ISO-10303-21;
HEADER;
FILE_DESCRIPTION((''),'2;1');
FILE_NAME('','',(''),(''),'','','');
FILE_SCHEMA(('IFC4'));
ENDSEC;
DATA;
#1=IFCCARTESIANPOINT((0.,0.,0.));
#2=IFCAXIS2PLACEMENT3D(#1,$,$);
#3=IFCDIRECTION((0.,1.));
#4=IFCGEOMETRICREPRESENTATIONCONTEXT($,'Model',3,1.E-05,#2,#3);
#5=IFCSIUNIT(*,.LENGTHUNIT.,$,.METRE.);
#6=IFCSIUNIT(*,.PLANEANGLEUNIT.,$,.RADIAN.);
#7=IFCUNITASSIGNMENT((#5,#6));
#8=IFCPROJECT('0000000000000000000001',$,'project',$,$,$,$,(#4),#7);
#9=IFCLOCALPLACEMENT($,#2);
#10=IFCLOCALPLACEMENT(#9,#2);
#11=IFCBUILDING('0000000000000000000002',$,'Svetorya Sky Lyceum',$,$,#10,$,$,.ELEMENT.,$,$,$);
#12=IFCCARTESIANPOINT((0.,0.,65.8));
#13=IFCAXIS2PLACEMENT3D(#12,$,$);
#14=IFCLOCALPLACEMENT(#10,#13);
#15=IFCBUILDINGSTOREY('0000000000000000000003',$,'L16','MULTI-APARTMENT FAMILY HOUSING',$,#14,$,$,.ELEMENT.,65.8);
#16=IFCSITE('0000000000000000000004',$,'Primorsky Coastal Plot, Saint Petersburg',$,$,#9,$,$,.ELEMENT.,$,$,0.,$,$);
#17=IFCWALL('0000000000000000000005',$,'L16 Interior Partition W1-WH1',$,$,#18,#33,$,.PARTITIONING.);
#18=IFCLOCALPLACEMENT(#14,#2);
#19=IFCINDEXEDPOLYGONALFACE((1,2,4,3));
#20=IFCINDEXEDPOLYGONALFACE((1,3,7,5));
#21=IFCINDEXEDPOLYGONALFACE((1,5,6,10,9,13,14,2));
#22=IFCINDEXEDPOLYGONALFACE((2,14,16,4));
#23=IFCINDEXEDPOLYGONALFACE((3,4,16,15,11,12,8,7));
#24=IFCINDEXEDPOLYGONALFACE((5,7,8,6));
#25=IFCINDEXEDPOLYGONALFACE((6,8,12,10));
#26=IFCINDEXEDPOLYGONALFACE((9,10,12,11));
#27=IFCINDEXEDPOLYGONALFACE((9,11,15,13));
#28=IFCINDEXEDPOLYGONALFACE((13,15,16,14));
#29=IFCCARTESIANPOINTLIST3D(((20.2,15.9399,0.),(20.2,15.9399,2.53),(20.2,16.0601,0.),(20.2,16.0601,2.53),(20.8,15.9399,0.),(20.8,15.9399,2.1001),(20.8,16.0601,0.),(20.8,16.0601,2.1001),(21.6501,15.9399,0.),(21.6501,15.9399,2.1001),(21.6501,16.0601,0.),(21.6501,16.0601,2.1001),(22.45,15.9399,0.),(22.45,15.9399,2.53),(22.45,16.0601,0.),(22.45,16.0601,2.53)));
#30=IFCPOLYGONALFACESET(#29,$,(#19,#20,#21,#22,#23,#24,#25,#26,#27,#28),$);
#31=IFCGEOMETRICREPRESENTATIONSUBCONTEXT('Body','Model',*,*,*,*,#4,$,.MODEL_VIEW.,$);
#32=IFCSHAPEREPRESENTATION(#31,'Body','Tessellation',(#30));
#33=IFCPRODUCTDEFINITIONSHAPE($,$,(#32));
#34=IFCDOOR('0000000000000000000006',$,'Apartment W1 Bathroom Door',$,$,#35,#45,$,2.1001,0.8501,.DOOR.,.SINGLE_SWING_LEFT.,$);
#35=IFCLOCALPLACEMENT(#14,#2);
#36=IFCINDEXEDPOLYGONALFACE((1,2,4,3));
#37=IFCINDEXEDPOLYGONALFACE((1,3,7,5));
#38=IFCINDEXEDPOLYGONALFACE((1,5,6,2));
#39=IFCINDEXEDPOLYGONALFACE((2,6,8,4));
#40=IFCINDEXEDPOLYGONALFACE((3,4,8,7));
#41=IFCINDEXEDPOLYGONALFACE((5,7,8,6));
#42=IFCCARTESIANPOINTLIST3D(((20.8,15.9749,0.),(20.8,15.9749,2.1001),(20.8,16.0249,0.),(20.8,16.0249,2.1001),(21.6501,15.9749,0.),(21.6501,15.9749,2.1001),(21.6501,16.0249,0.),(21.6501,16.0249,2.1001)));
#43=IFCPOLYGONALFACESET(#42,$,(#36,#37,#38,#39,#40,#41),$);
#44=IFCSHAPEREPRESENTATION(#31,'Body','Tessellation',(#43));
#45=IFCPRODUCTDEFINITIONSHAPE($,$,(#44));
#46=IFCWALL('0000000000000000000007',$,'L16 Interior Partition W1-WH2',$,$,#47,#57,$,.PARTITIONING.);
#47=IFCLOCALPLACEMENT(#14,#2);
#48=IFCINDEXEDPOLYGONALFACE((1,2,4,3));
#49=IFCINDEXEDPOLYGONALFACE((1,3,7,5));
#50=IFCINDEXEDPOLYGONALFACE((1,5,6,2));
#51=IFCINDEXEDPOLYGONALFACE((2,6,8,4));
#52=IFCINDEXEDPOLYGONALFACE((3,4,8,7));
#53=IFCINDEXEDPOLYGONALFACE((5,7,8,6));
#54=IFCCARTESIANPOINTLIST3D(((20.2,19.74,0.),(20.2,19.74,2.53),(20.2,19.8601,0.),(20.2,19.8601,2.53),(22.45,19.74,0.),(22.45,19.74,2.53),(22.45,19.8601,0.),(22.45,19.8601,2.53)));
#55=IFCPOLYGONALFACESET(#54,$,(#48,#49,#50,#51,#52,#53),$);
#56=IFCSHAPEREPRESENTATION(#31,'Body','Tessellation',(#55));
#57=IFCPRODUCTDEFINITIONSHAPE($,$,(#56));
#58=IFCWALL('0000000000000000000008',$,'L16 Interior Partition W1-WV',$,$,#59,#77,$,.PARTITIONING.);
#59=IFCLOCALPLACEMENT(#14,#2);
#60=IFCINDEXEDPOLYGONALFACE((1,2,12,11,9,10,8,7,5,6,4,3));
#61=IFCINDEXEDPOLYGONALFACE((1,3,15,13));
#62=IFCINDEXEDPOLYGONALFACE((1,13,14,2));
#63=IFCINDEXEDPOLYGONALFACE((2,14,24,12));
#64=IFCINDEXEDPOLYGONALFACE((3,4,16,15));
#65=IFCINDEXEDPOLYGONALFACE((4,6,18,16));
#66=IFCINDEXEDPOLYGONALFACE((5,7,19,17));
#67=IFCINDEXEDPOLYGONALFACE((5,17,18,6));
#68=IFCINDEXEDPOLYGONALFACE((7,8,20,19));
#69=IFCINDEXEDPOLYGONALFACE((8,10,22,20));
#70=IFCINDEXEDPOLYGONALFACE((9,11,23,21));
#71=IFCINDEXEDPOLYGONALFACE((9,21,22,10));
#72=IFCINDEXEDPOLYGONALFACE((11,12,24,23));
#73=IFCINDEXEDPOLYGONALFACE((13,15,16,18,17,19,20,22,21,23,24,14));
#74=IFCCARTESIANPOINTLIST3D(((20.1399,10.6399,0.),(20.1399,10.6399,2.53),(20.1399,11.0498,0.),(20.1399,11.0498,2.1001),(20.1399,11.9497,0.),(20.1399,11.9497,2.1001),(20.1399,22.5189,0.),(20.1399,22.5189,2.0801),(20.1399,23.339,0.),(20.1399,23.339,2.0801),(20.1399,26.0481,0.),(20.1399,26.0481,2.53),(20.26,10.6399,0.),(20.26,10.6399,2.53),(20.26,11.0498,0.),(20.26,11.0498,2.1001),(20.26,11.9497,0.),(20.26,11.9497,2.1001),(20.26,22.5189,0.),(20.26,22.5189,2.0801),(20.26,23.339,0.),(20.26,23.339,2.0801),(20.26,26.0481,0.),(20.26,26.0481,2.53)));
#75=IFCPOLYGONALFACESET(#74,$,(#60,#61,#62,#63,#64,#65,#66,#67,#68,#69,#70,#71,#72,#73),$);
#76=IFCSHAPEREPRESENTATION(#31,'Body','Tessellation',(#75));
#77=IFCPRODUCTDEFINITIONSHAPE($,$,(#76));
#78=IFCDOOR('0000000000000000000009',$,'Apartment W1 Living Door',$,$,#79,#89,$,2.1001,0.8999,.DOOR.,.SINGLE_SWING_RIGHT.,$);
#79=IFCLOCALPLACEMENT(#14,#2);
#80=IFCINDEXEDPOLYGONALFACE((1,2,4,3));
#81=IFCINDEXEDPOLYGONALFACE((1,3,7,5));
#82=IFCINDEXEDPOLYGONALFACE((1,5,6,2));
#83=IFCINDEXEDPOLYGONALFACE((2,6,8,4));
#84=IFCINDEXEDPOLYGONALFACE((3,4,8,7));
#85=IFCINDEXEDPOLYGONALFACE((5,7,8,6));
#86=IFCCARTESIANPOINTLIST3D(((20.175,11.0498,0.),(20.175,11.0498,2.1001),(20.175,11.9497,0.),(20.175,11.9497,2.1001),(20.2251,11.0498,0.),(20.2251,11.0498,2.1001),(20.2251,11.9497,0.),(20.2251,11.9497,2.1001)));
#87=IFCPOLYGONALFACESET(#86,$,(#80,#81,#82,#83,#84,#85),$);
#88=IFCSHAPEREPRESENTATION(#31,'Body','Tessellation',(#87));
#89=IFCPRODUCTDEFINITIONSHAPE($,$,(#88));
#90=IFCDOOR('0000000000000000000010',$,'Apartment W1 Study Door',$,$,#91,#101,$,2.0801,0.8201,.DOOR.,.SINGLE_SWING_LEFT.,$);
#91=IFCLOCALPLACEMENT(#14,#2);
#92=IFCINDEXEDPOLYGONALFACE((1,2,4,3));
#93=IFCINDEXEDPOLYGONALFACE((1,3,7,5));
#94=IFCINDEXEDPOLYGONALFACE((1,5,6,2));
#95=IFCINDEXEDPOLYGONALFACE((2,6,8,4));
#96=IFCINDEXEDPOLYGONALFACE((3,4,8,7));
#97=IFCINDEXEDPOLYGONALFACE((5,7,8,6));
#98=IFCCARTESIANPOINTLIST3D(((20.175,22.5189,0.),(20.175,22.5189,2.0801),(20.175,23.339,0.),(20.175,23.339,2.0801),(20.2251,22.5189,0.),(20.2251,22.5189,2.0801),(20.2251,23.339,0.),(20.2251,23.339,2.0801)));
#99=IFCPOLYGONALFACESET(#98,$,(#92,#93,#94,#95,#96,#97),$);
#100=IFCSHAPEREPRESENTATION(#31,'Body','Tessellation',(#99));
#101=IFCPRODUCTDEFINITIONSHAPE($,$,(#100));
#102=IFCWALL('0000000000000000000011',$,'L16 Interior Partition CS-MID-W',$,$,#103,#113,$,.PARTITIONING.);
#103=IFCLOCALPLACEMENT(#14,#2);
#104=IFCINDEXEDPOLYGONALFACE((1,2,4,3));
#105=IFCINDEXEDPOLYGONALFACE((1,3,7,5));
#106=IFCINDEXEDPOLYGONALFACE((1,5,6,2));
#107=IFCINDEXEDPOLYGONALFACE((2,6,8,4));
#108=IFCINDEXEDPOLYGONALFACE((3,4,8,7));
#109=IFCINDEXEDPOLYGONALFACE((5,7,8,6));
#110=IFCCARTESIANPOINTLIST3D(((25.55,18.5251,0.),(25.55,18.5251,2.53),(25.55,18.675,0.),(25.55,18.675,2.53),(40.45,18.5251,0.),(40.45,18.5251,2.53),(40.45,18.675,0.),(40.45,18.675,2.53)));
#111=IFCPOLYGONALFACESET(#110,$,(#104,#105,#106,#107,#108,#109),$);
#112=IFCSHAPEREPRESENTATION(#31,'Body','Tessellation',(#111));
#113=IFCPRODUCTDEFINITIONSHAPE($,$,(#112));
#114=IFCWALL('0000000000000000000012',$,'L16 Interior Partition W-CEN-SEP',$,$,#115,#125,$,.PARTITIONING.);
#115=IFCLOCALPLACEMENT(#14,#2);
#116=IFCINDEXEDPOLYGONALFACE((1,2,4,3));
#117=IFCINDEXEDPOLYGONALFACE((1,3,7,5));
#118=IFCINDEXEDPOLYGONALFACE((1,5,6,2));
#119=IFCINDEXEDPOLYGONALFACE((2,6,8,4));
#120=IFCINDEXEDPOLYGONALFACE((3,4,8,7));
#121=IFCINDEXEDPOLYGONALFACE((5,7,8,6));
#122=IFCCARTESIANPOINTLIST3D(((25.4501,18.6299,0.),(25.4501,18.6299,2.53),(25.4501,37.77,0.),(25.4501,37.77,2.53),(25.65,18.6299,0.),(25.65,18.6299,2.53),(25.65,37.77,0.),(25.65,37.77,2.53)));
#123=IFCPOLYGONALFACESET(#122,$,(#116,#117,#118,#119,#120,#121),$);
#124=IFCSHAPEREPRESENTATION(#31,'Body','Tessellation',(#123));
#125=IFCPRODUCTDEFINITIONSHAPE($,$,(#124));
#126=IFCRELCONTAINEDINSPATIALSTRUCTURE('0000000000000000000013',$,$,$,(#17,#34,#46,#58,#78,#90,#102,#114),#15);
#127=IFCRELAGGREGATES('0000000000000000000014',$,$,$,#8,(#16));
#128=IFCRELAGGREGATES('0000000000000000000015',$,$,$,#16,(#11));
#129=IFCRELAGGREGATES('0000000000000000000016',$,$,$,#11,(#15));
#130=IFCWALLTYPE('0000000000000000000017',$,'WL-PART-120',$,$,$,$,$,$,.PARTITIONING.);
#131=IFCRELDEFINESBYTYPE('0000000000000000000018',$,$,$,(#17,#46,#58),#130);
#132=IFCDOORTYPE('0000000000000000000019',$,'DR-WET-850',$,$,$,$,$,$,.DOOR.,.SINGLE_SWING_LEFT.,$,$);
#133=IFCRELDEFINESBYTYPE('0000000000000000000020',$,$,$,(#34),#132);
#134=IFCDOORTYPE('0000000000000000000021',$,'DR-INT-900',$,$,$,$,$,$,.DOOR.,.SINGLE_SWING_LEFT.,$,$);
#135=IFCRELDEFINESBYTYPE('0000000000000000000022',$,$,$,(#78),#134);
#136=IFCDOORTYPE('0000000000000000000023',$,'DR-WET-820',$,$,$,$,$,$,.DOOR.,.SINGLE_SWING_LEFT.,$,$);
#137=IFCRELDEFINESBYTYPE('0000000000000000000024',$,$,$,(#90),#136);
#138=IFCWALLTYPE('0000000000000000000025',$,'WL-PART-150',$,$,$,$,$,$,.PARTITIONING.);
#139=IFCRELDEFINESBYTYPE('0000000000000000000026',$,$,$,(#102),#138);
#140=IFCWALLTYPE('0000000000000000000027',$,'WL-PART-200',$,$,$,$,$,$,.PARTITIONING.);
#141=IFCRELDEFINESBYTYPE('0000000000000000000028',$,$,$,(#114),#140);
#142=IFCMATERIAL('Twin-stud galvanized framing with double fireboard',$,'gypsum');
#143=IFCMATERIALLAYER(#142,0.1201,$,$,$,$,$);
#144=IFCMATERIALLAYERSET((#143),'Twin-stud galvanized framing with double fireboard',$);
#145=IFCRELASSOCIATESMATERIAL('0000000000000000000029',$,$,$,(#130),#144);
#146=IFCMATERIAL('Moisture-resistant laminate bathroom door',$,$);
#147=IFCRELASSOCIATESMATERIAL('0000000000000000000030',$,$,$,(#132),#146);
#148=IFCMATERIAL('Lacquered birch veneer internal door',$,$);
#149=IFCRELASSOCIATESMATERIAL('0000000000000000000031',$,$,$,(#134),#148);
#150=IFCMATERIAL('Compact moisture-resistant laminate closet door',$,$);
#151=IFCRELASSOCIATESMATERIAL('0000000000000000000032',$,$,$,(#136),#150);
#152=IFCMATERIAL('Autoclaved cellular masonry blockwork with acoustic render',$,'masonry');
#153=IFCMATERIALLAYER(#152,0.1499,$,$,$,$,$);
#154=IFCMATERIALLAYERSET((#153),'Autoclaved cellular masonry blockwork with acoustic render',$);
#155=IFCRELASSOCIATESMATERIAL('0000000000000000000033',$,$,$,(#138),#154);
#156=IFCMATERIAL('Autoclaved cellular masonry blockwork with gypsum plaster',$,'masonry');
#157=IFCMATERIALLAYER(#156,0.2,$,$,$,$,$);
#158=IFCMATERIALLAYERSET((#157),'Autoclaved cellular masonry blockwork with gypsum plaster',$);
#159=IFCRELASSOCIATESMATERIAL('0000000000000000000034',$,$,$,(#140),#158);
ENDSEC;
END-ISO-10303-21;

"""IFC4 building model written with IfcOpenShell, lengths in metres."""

from ifc_helpers import new_model, si_unit, direction, frame, frame_2d, origin, place, context, subcontext, project, spatial, rectangle, extrude, material, layer, layer_set, type_object, element, fill, save


model = new_model("IFC4")

# Units and contexts
model_context = context("Model", 3, precision=1e-05, world=origin(), true_north=direction((0.0, 1.0)))
body_context = subcontext(model_context, "Body", "Model", "MODEL_VIEW")
ifc_project = project(units=[si_unit("LENGTHUNIT", "METRE"), si_unit("PLANEANGLEUNIT", "RADIAN")], contexts=[model_context])

# Site, building, storey
site_placement = place(None, origin())
site = spatial("IfcSite", under=ifc_project, at=site_placement, Name="Primorsky Coastal Plot, Saint Petersburg", CompositionType="ELEMENT", RefElevation=0.0)
building_placement = place(site_placement, origin())
building = spatial("IfcBuilding", under=site, at=building_placement, Name="Svetorya Sky Lyceum", CompositionType="ELEMENT")
storey_placement = place(building_placement, frame((0.0, 0.0, 65.8)))
storey = spatial("IfcBuildingStorey", under=building, at=storey_placement, Name="L16", Description="MULTI-APARTMENT FAMILY HOUSING", CompositionType="ELEMENT", Elevation=65.8)

# Wall, opening, door
ifc_material_1 = material(Name="Twin-stud galvanized framing with double fireboard", Category="gypsum")
ifc_layer_1 = layer(ifc_material_1, 0.1201)
ifc_layer_set_1 = layer_set([ifc_layer_1], Name="Twin-stud galvanized framing with double fireboard")
wall_type_1 = type_object("IfcWallType", Name="WL-PART-120", PredefinedType="PARTITIONING", material=ifc_layer_set_1)
wall_1_placement = place(storey_placement, frame((20.2, 16.0, 0.0), z_axis=(0.0, 0.0, 1.0), x_axis=(1.0, 0.0, 0.0)))
wall_1 = element("IfcWall", 1, at=wall_1_placement, inside=storey, type_object=wall_type_1, Name="L16 Interior Partition W1-WH1", PredefinedType="PARTITIONING", context=body_context, shape_type="SweptSolid", body=[
    extrude(rectangle(XDim=2.25, YDim=0.1201, at=frame_2d((1.125, 0.0))), origin(), (0.0, 0.0, 1.0), 2.53),
])
opening_1_placement = place(wall_1_placement, frame((0.6001, 0.0, 0.0)))
opening_1 = element("IfcOpeningElement", 2, at=opening_1_placement, cuts=wall_1, PredefinedType="OPENING", context=body_context, shape_type="SweptSolid", body=[
    extrude(rectangle(XDim=0.8501, YDim=2.1001, at=frame_2d((0.425, 1.05))), frame((0.0, 0.0701, 0.0), z_axis=(0.0, -1.0, 0.0), x_axis=(1.0, 0.0, 0.0)), (0.0, 0.0, 1.0), 0.1401),
])
ifc_material_2 = material(Name="Moisture-resistant laminate bathroom door")
door_type_1 = type_object("IfcDoorType", Name="DR-WET-850", OperationType="SINGLE_SWING_LEFT", PredefinedType="DOOR", material=ifc_material_2)
door_1_placement = place(opening_1_placement, origin())
door_1 = element("IfcDoor", 3, at=door_1_placement, inside=storey, type_object=door_type_1, Name="Apartment W1 Bathroom Door", OperationType="SINGLE_SWING_LEFT", OverallHeight=2.1001, OverallWidth=0.8501, PredefinedType="DOOR", context=body_context, shape_type="SweptSolid", body=[
    extrude(rectangle(XDim=0.8501, YDim=2.1001, at=frame_2d((0.425, 1.05))), frame((0.0, 0.0249, 0.0), z_axis=(0.0, -1.0, 0.0), x_axis=(1.0, 0.0, 0.0)), (0.0, 0.0, 1.0), 0.05),
])
fill(opening_1, door_1)

# Wall
wall_2_placement = place(storey_placement, frame((20.2, 19.8, 0.0), z_axis=(0.0, 0.0, 1.0), x_axis=(1.0, 0.0, 0.0)))
element("IfcWall", 4, at=wall_2_placement, inside=storey, type_object=wall_type_1, Name="L16 Interior Partition W1-WH2", PredefinedType="PARTITIONING", context=body_context, shape_type="SweptSolid", body=[
    extrude(rectangle(XDim=2.25, YDim=0.1201, at=frame_2d((1.125, 0.0))), origin(), (0.0, 0.0, 1.0), 2.53),
])

# Wall, openings, doors
wall_3_placement = place(storey_placement, frame((20.2, 10.6399, 0.0), z_axis=(0.0, 0.0, 1.0), x_axis=(0.0, 1.0, 0.0)))
wall_3 = element("IfcWall", 5, at=wall_3_placement, inside=storey, type_object=wall_type_1, Name="L16 Interior Partition W1-WV", PredefinedType="PARTITIONING", context=body_context, shape_type="SweptSolid", body=[
    extrude(rectangle(XDim=15.4082, YDim=0.1201, at=frame_2d((7.7041, 0.0))), origin(), (0.0, 0.0, 1.0), 2.53),
])
opening_2_placement = place(wall_3_placement, frame((0.4099, 0.0, 0.0)))
opening_2 = element("IfcOpeningElement", 6, at=opening_2_placement, cuts=wall_3, PredefinedType="OPENING", context=body_context, shape_type="SweptSolid", body=[
    extrude(rectangle(XDim=0.8999, YDim=2.1001, at=frame_2d((0.45, 1.05))), frame((0.0, 0.0701, 0.0), z_axis=(0.0, -1.0, 0.0), x_axis=(1.0, 0.0, 0.0)), (0.0, 0.0, 1.0), 0.1401),
])
opening_3_placement = place(wall_3_placement, frame((11.8789, 0.0, 0.0)))
opening_3 = element("IfcOpeningElement", 7, at=opening_3_placement, cuts=wall_3, PredefinedType="OPENING", context=body_context, shape_type="SweptSolid", body=[
    extrude(rectangle(XDim=0.8201, YDim=2.0801, at=frame_2d((0.4102, 1.04))), frame((0.0, 0.0701, 0.0), z_axis=(0.0, -1.0, 0.0), x_axis=(1.0, 0.0, 0.0)), (0.0, 0.0, 1.0), 0.1401),
])
ifc_material_3 = material(Name="Lacquered birch veneer internal door")
door_type_2 = type_object("IfcDoorType", Name="DR-INT-900", OperationType="SINGLE_SWING_LEFT", PredefinedType="DOOR", material=ifc_material_3)
door_2_placement = place(opening_2_placement, origin())
door_2 = element("IfcDoor", 8, at=door_2_placement, inside=storey, type_object=door_type_2, Name="Apartment W1 Living Door", OperationType="SINGLE_SWING_RIGHT", OverallHeight=2.1001, OverallWidth=0.8999, PredefinedType="DOOR", context=body_context, shape_type="SweptSolid", body=[
    extrude(rectangle(XDim=0.8999, YDim=2.1001, at=frame_2d((0.45, 1.05))), frame((0.0, 0.0249, 0.0), z_axis=(0.0, -1.0, 0.0), x_axis=(1.0, 0.0, 0.0)), (0.0, 0.0, 1.0), 0.05),
])
fill(opening_2, door_2)
ifc_material_4 = material(Name="Compact moisture-resistant laminate closet door")
door_type_3 = type_object("IfcDoorType", Name="DR-WET-820", OperationType="SINGLE_SWING_LEFT", PredefinedType="DOOR", material=ifc_material_4)
door_3_placement = place(opening_3_placement, origin())
door_3 = element("IfcDoor", 9, at=door_3_placement, inside=storey, type_object=door_type_3, Name="Apartment W1 Study Door", OperationType="SINGLE_SWING_LEFT", OverallHeight=2.0801, OverallWidth=0.8201, PredefinedType="DOOR", context=body_context, shape_type="SweptSolid", body=[
    extrude(rectangle(XDim=0.8201, YDim=2.0801, at=frame_2d((0.4102, 1.04))), frame((0.0, 0.0249, 0.0), z_axis=(0.0, -1.0, 0.0), x_axis=(1.0, 0.0, 0.0)), (0.0, 0.0, 1.0), 0.05),
])
fill(opening_3, door_3)

# Walls
ifc_material_5 = material(Name="Autoclaved cellular masonry blockwork with acoustic render", Category="masonry")
ifc_layer_2 = layer(ifc_material_5, 0.1499)
ifc_layer_set_2 = layer_set([ifc_layer_2], Name="Autoclaved cellular masonry blockwork with acoustic render")
wall_type_2 = type_object("IfcWallType", Name="WL-PART-150", PredefinedType="PARTITIONING", material=ifc_layer_set_2)
wall_4_placement = place(storey_placement, frame((25.55, 18.6001, 0.0), z_axis=(0.0, 0.0, 1.0), x_axis=(1.0, 0.0, 0.0)))
element("IfcWall", 10, at=wall_4_placement, inside=storey, type_object=wall_type_2, Name="L16 Interior Partition CS-MID-W", PredefinedType="PARTITIONING", context=body_context, shape_type="SweptSolid", body=[
    extrude(rectangle(XDim=14.8999, YDim=0.1499, at=frame_2d((7.45, 0.0))), origin(), (0.0, 0.0, 1.0), 2.53),
])
ifc_material_6 = material(Name="Autoclaved cellular masonry blockwork with gypsum plaster", Category="masonry")
ifc_layer_3 = layer(ifc_material_6, 0.2)
ifc_layer_set_3 = layer_set([ifc_layer_3], Name="Autoclaved cellular masonry blockwork with gypsum plaster")
wall_type_3 = type_object("IfcWallType", Name="WL-PART-200", PredefinedType="PARTITIONING", material=ifc_layer_set_3)
wall_5_placement = place(storey_placement, frame((25.55, 18.6299, 0.0), z_axis=(0.0, 0.0, 1.0), x_axis=(0.0, 1.0, 0.0)))
element("IfcWall", 11, at=wall_5_placement, inside=storey, type_object=wall_type_3, Name="L16 Interior Partition W-CEN-SEP", PredefinedType="PARTITIONING", context=body_context, shape_type="SweptSolid", body=[
    extrude(rectangle(XDim=19.1401, YDim=0.2, at=frame_2d((9.5701, 0.0))), origin(), (0.0, 0.0, 1.0), 2.53),
])

save(model, "model.ifc")
